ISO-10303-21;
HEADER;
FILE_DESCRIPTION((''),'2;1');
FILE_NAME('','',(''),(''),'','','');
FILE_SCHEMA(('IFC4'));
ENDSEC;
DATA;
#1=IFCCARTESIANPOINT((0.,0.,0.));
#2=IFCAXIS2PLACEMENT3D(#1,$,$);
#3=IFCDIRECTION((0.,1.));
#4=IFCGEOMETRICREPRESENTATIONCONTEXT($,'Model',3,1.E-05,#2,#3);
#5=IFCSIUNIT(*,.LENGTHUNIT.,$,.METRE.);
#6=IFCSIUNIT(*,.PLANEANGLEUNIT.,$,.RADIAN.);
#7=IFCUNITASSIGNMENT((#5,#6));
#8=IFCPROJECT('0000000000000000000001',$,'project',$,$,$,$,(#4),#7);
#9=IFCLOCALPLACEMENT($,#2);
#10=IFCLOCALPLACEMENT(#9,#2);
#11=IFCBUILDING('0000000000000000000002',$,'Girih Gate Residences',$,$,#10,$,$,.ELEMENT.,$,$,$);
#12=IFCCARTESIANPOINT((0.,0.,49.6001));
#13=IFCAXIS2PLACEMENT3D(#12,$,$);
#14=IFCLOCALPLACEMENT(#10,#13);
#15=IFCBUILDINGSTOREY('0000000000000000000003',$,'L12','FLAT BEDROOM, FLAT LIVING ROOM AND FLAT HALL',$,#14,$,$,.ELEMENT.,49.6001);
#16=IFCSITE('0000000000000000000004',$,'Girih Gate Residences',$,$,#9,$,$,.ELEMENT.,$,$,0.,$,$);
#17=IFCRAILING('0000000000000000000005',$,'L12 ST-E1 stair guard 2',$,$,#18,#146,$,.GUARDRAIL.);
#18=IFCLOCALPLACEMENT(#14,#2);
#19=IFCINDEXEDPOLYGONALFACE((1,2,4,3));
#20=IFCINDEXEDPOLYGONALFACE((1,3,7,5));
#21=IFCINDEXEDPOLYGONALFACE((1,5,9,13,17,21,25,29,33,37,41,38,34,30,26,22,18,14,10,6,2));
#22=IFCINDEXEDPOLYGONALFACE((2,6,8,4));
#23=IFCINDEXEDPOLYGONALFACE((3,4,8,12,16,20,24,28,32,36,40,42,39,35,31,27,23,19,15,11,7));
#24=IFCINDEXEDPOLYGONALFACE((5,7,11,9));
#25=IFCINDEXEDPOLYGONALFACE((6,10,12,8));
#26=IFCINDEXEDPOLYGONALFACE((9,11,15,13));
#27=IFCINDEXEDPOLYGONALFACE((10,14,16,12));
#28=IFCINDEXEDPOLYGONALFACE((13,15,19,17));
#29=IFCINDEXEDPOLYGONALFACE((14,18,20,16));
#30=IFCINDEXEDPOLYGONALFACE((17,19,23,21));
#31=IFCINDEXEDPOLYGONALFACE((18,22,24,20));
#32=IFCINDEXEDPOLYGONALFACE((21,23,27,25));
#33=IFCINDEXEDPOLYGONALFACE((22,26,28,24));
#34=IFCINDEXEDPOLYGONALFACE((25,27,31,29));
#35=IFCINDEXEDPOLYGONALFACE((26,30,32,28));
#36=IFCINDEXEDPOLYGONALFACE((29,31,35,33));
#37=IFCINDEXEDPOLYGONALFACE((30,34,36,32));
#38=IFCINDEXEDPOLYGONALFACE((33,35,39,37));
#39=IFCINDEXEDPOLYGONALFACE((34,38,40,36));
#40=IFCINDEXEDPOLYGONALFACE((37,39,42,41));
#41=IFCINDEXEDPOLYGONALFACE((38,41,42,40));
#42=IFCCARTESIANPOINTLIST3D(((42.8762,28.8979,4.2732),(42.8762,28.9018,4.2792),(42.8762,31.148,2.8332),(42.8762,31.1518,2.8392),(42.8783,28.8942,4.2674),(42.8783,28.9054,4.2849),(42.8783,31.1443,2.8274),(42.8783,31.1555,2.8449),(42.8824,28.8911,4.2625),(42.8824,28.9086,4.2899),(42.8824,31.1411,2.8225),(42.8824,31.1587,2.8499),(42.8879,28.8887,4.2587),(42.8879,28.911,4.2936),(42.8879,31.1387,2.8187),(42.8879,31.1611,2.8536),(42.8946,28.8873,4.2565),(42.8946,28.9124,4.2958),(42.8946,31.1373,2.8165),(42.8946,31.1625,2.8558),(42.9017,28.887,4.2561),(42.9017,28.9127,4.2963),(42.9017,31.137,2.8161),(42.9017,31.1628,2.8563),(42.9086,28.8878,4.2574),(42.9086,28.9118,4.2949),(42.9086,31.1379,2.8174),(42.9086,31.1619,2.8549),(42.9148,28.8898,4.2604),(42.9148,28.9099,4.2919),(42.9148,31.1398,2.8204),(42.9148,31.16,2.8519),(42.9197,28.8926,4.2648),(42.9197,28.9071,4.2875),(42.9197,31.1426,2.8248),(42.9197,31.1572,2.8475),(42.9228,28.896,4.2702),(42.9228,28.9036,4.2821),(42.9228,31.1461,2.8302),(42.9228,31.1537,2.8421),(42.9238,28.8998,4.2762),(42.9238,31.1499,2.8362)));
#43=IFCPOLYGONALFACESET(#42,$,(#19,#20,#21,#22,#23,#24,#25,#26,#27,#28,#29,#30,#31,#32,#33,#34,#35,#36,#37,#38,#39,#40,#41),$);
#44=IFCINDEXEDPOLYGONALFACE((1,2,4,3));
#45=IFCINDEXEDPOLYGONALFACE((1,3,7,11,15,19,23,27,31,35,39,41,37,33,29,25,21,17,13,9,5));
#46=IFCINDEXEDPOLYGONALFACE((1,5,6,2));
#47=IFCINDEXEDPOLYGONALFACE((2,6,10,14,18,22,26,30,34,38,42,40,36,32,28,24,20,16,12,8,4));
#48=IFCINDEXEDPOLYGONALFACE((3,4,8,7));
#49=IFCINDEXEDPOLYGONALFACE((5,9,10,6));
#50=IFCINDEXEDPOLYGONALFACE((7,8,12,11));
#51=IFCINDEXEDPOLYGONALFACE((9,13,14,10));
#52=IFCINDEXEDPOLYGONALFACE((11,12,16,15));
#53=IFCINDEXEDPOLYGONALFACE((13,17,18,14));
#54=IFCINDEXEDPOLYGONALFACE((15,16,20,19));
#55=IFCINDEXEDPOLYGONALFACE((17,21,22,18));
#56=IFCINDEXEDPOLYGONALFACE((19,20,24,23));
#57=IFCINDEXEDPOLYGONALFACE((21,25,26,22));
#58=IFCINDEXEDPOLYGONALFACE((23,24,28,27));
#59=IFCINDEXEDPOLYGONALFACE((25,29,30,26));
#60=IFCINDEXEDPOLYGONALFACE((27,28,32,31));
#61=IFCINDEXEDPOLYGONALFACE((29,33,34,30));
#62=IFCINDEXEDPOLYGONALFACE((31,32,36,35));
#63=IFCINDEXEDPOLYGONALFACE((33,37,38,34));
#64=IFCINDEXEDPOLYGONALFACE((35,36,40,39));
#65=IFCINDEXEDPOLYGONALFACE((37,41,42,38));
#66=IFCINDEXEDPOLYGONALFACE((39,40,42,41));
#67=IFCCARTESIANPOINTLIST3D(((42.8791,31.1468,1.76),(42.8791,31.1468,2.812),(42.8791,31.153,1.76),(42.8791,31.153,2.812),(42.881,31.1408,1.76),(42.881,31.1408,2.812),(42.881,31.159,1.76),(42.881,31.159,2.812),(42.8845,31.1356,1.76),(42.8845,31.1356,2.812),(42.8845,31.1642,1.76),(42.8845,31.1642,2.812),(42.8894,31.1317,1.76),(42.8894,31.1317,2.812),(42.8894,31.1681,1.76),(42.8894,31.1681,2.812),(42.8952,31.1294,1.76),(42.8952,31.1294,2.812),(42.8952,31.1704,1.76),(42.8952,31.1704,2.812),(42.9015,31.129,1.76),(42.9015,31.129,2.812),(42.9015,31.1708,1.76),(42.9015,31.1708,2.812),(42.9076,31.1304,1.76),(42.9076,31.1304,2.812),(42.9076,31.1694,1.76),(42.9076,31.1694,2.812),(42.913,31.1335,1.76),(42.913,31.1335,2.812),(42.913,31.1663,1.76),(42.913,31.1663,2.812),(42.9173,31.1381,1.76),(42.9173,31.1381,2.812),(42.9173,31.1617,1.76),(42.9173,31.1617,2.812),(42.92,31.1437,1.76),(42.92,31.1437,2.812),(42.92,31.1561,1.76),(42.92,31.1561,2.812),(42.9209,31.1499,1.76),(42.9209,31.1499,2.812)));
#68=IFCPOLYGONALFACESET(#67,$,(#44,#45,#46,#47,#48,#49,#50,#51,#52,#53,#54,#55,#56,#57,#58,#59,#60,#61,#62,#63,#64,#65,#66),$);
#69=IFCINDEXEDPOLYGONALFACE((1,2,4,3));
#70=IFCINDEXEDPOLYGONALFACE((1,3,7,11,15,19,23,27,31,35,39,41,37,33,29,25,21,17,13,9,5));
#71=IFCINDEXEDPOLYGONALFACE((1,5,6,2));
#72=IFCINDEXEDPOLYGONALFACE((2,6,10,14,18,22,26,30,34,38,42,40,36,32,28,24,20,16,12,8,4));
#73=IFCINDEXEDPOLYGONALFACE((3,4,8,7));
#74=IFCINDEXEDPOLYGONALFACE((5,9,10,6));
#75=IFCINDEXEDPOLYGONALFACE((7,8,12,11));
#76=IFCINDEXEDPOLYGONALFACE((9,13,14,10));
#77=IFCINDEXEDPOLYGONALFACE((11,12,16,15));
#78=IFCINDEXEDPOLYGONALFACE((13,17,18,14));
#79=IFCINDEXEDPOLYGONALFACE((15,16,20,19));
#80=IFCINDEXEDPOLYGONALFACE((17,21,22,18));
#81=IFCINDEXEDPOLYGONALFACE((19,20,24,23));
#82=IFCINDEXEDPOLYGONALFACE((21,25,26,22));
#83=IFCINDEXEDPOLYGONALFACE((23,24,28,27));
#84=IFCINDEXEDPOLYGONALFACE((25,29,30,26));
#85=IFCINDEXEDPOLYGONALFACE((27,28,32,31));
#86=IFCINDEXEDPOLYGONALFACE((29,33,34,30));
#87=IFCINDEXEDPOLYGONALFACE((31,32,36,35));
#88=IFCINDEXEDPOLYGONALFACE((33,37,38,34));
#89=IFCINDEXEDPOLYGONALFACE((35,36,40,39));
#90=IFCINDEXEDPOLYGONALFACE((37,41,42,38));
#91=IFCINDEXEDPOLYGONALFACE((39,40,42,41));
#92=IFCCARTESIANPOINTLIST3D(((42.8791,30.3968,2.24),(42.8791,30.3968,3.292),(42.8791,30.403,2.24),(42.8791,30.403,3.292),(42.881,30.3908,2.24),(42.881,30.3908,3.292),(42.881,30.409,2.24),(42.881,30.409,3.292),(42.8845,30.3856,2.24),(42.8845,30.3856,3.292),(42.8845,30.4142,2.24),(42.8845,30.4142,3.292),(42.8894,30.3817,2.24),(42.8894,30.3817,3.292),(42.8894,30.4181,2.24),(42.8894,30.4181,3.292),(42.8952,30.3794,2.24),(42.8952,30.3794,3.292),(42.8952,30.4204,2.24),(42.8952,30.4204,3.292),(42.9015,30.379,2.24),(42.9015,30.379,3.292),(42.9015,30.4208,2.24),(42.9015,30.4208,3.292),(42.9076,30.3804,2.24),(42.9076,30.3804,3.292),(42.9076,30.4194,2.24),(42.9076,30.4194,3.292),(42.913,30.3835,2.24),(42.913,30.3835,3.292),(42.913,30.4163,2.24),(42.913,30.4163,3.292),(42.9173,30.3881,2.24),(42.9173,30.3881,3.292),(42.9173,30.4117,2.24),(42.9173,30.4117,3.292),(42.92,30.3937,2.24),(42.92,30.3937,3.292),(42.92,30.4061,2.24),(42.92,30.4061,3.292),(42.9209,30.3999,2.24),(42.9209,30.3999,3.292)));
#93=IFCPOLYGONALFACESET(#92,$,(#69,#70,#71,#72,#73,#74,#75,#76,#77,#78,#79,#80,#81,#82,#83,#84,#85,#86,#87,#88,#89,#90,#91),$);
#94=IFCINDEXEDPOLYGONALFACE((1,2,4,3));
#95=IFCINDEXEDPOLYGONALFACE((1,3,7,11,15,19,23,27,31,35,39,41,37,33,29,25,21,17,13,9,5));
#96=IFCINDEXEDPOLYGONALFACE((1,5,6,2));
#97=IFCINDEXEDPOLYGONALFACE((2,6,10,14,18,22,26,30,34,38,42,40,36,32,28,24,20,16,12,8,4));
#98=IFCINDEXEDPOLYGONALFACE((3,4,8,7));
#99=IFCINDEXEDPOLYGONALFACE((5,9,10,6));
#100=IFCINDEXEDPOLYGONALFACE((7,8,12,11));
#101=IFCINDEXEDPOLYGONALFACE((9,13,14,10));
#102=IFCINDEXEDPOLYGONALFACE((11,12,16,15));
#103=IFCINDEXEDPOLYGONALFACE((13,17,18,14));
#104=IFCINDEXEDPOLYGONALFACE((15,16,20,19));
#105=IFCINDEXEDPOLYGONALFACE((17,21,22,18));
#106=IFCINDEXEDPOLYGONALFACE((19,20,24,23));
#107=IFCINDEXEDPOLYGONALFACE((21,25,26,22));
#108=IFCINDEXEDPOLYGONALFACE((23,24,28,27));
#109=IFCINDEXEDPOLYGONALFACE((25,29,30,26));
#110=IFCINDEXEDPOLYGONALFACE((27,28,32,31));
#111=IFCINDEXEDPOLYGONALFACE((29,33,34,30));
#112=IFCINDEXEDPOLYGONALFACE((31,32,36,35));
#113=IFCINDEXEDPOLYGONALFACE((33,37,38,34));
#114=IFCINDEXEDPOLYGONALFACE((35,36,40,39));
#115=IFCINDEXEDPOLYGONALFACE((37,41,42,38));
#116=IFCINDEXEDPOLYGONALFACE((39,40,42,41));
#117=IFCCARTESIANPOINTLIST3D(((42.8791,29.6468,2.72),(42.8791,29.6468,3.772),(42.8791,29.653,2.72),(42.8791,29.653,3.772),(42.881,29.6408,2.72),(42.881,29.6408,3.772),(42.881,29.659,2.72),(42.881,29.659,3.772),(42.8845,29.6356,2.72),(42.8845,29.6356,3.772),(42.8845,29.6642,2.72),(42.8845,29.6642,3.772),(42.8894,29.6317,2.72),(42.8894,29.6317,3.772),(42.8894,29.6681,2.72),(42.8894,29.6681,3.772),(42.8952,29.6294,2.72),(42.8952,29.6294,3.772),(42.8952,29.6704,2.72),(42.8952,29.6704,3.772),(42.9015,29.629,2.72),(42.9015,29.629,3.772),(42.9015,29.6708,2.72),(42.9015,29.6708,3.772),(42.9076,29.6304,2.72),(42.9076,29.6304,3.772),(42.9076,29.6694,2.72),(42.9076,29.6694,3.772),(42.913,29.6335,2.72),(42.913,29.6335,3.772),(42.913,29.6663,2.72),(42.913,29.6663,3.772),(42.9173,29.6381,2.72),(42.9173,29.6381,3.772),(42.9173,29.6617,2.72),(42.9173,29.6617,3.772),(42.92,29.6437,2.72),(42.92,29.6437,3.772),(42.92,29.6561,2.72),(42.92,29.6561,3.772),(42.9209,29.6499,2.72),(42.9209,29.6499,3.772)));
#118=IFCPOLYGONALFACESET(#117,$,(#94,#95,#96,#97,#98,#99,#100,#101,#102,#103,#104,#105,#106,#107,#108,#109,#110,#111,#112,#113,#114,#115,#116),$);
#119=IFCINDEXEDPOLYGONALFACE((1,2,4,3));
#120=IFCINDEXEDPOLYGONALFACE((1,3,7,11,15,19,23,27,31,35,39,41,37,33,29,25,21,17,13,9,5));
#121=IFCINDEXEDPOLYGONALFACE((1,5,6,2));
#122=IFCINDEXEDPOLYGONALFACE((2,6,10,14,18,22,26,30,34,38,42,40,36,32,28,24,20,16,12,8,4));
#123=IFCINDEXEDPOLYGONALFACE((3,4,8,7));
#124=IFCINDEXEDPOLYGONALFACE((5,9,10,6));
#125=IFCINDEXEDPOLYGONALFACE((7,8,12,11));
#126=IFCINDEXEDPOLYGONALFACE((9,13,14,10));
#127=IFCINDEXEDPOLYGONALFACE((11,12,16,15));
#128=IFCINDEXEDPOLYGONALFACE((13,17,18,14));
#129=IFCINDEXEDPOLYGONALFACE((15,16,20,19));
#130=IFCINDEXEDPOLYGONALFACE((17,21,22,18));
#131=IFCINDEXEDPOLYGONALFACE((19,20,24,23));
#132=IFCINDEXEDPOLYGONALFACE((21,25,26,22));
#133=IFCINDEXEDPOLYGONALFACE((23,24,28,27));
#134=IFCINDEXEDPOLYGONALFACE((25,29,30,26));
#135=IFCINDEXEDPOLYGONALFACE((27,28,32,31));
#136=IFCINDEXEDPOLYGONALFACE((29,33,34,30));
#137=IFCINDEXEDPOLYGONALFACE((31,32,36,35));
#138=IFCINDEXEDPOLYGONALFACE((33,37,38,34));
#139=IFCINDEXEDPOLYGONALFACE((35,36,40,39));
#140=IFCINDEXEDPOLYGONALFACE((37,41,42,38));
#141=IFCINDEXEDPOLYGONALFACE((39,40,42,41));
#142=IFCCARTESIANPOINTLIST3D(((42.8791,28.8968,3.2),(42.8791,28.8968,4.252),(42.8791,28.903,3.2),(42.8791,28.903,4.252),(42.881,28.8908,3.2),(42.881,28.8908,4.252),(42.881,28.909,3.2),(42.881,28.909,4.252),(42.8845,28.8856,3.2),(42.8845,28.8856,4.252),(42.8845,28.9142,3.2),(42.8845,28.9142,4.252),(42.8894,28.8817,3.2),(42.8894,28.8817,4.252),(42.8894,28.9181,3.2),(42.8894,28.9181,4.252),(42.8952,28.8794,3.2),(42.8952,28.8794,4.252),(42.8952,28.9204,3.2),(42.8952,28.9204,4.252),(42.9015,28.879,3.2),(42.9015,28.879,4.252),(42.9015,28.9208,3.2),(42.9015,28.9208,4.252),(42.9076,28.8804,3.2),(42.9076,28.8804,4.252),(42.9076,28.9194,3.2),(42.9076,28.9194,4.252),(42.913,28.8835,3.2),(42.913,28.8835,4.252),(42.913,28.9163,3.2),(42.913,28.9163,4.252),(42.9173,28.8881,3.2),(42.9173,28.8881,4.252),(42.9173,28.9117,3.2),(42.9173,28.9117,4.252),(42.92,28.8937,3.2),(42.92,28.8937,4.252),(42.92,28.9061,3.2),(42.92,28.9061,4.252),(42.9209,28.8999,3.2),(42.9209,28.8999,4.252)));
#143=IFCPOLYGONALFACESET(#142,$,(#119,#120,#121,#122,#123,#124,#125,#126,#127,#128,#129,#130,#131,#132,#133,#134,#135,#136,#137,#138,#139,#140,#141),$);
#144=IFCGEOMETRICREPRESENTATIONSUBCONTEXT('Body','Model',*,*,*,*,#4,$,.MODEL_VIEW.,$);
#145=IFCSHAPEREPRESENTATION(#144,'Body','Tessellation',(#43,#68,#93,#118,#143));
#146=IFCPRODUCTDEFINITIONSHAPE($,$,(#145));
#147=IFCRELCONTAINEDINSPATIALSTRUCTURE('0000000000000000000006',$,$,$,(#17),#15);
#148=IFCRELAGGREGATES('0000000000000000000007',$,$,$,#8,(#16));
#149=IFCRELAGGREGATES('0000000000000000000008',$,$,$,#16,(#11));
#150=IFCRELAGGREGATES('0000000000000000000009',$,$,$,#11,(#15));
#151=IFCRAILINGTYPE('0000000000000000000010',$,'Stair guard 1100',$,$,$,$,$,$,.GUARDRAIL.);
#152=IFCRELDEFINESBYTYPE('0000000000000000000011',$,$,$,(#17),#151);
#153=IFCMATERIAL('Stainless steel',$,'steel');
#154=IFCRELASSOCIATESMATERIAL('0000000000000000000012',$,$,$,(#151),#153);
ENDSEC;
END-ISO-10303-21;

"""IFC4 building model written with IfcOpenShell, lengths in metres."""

from ifc_helpers import new_model, si_unit, direction, frame, origin, origin_2d, place, context, subcontext, project, spatial, circle, extrude, material, type_object, element, save


model = new_model("IFC4")

# Units and contexts
model_context = context("Model", 3, precision=1e-05, world=origin(), true_north=direction((0.0, 1.0)))
body_context = subcontext(model_context, "Body", "Model", "MODEL_VIEW")
ifc_project = project(units=[si_unit("LENGTHUNIT", "METRE"), si_unit("PLANEANGLEUNIT", "RADIAN")], contexts=[model_context])

# Site, building, storey
site_placement = place(None, origin())
site = spatial("IfcSite", under=ifc_project, at=site_placement, Name="Girih Gate Residences", CompositionType="ELEMENT", RefElevation=0.0)
building_placement = place(site_placement, origin())
building = spatial("IfcBuilding", under=site, at=building_placement, Name="Girih Gate Residences", CompositionType="ELEMENT")
storey_placement = place(building_placement, frame((0.0, 0.0, 49.6001)))
storey = spatial("IfcBuildingStorey", under=building, at=storey_placement, Name="L12", Description="FLAT BEDROOM, FLAT LIVING ROOM AND FLAT HALL", CompositionType="ELEMENT", Elevation=49.6001)

# Railing
ifc_material_1 = material(Name="Stainless steel", Category="steel")
railing_type_1 = type_object("IfcRailingType", Name="Stair guard 1100", PredefinedType="GUARDRAIL", material=ifc_material_1)
railing_1_placement = place(storey_placement, frame((42.8999, 31.1499, 1.76)))
element("IfcRailing", 1, at=railing_1_placement, inside=storey, type_object=railing_type_1, Name="L12 ST-E1 stair guard 2", PredefinedType="GUARDRAIL", context=body_context, shape_type="SweptSolid", body=[
    extrude(circle(Radius=0.0239, at=origin_2d()), frame((0.0, 0.0, 1.0762), z_axis=(0.0, -0.842281, 0.539038), x_axis=(1.0, 0.0, 0.0)), (0.0, 0.0, 1.0), 2.6714),
    extrude(circle(Radius=0.021, at=origin_2d()), origin(), (0.0, 0.0, 1.0), 1.052),
    extrude(circle(Radius=0.021, at=origin_2d()), frame((0.0, -0.75, 0.48)), (0.0, 0.0, 1.0), 1.052),
    extrude(circle(Radius=0.021, at=origin_2d()), frame((0.0, -1.5, 0.96)), (0.0, 0.0, 1.0), 1.052),
    extrude(circle(Radius=0.021, at=origin_2d()), frame((0.0, -2.25, 1.4399)), (0.0, 0.0, 1.0), 1.052),
])

save(model, "model.ifc")
